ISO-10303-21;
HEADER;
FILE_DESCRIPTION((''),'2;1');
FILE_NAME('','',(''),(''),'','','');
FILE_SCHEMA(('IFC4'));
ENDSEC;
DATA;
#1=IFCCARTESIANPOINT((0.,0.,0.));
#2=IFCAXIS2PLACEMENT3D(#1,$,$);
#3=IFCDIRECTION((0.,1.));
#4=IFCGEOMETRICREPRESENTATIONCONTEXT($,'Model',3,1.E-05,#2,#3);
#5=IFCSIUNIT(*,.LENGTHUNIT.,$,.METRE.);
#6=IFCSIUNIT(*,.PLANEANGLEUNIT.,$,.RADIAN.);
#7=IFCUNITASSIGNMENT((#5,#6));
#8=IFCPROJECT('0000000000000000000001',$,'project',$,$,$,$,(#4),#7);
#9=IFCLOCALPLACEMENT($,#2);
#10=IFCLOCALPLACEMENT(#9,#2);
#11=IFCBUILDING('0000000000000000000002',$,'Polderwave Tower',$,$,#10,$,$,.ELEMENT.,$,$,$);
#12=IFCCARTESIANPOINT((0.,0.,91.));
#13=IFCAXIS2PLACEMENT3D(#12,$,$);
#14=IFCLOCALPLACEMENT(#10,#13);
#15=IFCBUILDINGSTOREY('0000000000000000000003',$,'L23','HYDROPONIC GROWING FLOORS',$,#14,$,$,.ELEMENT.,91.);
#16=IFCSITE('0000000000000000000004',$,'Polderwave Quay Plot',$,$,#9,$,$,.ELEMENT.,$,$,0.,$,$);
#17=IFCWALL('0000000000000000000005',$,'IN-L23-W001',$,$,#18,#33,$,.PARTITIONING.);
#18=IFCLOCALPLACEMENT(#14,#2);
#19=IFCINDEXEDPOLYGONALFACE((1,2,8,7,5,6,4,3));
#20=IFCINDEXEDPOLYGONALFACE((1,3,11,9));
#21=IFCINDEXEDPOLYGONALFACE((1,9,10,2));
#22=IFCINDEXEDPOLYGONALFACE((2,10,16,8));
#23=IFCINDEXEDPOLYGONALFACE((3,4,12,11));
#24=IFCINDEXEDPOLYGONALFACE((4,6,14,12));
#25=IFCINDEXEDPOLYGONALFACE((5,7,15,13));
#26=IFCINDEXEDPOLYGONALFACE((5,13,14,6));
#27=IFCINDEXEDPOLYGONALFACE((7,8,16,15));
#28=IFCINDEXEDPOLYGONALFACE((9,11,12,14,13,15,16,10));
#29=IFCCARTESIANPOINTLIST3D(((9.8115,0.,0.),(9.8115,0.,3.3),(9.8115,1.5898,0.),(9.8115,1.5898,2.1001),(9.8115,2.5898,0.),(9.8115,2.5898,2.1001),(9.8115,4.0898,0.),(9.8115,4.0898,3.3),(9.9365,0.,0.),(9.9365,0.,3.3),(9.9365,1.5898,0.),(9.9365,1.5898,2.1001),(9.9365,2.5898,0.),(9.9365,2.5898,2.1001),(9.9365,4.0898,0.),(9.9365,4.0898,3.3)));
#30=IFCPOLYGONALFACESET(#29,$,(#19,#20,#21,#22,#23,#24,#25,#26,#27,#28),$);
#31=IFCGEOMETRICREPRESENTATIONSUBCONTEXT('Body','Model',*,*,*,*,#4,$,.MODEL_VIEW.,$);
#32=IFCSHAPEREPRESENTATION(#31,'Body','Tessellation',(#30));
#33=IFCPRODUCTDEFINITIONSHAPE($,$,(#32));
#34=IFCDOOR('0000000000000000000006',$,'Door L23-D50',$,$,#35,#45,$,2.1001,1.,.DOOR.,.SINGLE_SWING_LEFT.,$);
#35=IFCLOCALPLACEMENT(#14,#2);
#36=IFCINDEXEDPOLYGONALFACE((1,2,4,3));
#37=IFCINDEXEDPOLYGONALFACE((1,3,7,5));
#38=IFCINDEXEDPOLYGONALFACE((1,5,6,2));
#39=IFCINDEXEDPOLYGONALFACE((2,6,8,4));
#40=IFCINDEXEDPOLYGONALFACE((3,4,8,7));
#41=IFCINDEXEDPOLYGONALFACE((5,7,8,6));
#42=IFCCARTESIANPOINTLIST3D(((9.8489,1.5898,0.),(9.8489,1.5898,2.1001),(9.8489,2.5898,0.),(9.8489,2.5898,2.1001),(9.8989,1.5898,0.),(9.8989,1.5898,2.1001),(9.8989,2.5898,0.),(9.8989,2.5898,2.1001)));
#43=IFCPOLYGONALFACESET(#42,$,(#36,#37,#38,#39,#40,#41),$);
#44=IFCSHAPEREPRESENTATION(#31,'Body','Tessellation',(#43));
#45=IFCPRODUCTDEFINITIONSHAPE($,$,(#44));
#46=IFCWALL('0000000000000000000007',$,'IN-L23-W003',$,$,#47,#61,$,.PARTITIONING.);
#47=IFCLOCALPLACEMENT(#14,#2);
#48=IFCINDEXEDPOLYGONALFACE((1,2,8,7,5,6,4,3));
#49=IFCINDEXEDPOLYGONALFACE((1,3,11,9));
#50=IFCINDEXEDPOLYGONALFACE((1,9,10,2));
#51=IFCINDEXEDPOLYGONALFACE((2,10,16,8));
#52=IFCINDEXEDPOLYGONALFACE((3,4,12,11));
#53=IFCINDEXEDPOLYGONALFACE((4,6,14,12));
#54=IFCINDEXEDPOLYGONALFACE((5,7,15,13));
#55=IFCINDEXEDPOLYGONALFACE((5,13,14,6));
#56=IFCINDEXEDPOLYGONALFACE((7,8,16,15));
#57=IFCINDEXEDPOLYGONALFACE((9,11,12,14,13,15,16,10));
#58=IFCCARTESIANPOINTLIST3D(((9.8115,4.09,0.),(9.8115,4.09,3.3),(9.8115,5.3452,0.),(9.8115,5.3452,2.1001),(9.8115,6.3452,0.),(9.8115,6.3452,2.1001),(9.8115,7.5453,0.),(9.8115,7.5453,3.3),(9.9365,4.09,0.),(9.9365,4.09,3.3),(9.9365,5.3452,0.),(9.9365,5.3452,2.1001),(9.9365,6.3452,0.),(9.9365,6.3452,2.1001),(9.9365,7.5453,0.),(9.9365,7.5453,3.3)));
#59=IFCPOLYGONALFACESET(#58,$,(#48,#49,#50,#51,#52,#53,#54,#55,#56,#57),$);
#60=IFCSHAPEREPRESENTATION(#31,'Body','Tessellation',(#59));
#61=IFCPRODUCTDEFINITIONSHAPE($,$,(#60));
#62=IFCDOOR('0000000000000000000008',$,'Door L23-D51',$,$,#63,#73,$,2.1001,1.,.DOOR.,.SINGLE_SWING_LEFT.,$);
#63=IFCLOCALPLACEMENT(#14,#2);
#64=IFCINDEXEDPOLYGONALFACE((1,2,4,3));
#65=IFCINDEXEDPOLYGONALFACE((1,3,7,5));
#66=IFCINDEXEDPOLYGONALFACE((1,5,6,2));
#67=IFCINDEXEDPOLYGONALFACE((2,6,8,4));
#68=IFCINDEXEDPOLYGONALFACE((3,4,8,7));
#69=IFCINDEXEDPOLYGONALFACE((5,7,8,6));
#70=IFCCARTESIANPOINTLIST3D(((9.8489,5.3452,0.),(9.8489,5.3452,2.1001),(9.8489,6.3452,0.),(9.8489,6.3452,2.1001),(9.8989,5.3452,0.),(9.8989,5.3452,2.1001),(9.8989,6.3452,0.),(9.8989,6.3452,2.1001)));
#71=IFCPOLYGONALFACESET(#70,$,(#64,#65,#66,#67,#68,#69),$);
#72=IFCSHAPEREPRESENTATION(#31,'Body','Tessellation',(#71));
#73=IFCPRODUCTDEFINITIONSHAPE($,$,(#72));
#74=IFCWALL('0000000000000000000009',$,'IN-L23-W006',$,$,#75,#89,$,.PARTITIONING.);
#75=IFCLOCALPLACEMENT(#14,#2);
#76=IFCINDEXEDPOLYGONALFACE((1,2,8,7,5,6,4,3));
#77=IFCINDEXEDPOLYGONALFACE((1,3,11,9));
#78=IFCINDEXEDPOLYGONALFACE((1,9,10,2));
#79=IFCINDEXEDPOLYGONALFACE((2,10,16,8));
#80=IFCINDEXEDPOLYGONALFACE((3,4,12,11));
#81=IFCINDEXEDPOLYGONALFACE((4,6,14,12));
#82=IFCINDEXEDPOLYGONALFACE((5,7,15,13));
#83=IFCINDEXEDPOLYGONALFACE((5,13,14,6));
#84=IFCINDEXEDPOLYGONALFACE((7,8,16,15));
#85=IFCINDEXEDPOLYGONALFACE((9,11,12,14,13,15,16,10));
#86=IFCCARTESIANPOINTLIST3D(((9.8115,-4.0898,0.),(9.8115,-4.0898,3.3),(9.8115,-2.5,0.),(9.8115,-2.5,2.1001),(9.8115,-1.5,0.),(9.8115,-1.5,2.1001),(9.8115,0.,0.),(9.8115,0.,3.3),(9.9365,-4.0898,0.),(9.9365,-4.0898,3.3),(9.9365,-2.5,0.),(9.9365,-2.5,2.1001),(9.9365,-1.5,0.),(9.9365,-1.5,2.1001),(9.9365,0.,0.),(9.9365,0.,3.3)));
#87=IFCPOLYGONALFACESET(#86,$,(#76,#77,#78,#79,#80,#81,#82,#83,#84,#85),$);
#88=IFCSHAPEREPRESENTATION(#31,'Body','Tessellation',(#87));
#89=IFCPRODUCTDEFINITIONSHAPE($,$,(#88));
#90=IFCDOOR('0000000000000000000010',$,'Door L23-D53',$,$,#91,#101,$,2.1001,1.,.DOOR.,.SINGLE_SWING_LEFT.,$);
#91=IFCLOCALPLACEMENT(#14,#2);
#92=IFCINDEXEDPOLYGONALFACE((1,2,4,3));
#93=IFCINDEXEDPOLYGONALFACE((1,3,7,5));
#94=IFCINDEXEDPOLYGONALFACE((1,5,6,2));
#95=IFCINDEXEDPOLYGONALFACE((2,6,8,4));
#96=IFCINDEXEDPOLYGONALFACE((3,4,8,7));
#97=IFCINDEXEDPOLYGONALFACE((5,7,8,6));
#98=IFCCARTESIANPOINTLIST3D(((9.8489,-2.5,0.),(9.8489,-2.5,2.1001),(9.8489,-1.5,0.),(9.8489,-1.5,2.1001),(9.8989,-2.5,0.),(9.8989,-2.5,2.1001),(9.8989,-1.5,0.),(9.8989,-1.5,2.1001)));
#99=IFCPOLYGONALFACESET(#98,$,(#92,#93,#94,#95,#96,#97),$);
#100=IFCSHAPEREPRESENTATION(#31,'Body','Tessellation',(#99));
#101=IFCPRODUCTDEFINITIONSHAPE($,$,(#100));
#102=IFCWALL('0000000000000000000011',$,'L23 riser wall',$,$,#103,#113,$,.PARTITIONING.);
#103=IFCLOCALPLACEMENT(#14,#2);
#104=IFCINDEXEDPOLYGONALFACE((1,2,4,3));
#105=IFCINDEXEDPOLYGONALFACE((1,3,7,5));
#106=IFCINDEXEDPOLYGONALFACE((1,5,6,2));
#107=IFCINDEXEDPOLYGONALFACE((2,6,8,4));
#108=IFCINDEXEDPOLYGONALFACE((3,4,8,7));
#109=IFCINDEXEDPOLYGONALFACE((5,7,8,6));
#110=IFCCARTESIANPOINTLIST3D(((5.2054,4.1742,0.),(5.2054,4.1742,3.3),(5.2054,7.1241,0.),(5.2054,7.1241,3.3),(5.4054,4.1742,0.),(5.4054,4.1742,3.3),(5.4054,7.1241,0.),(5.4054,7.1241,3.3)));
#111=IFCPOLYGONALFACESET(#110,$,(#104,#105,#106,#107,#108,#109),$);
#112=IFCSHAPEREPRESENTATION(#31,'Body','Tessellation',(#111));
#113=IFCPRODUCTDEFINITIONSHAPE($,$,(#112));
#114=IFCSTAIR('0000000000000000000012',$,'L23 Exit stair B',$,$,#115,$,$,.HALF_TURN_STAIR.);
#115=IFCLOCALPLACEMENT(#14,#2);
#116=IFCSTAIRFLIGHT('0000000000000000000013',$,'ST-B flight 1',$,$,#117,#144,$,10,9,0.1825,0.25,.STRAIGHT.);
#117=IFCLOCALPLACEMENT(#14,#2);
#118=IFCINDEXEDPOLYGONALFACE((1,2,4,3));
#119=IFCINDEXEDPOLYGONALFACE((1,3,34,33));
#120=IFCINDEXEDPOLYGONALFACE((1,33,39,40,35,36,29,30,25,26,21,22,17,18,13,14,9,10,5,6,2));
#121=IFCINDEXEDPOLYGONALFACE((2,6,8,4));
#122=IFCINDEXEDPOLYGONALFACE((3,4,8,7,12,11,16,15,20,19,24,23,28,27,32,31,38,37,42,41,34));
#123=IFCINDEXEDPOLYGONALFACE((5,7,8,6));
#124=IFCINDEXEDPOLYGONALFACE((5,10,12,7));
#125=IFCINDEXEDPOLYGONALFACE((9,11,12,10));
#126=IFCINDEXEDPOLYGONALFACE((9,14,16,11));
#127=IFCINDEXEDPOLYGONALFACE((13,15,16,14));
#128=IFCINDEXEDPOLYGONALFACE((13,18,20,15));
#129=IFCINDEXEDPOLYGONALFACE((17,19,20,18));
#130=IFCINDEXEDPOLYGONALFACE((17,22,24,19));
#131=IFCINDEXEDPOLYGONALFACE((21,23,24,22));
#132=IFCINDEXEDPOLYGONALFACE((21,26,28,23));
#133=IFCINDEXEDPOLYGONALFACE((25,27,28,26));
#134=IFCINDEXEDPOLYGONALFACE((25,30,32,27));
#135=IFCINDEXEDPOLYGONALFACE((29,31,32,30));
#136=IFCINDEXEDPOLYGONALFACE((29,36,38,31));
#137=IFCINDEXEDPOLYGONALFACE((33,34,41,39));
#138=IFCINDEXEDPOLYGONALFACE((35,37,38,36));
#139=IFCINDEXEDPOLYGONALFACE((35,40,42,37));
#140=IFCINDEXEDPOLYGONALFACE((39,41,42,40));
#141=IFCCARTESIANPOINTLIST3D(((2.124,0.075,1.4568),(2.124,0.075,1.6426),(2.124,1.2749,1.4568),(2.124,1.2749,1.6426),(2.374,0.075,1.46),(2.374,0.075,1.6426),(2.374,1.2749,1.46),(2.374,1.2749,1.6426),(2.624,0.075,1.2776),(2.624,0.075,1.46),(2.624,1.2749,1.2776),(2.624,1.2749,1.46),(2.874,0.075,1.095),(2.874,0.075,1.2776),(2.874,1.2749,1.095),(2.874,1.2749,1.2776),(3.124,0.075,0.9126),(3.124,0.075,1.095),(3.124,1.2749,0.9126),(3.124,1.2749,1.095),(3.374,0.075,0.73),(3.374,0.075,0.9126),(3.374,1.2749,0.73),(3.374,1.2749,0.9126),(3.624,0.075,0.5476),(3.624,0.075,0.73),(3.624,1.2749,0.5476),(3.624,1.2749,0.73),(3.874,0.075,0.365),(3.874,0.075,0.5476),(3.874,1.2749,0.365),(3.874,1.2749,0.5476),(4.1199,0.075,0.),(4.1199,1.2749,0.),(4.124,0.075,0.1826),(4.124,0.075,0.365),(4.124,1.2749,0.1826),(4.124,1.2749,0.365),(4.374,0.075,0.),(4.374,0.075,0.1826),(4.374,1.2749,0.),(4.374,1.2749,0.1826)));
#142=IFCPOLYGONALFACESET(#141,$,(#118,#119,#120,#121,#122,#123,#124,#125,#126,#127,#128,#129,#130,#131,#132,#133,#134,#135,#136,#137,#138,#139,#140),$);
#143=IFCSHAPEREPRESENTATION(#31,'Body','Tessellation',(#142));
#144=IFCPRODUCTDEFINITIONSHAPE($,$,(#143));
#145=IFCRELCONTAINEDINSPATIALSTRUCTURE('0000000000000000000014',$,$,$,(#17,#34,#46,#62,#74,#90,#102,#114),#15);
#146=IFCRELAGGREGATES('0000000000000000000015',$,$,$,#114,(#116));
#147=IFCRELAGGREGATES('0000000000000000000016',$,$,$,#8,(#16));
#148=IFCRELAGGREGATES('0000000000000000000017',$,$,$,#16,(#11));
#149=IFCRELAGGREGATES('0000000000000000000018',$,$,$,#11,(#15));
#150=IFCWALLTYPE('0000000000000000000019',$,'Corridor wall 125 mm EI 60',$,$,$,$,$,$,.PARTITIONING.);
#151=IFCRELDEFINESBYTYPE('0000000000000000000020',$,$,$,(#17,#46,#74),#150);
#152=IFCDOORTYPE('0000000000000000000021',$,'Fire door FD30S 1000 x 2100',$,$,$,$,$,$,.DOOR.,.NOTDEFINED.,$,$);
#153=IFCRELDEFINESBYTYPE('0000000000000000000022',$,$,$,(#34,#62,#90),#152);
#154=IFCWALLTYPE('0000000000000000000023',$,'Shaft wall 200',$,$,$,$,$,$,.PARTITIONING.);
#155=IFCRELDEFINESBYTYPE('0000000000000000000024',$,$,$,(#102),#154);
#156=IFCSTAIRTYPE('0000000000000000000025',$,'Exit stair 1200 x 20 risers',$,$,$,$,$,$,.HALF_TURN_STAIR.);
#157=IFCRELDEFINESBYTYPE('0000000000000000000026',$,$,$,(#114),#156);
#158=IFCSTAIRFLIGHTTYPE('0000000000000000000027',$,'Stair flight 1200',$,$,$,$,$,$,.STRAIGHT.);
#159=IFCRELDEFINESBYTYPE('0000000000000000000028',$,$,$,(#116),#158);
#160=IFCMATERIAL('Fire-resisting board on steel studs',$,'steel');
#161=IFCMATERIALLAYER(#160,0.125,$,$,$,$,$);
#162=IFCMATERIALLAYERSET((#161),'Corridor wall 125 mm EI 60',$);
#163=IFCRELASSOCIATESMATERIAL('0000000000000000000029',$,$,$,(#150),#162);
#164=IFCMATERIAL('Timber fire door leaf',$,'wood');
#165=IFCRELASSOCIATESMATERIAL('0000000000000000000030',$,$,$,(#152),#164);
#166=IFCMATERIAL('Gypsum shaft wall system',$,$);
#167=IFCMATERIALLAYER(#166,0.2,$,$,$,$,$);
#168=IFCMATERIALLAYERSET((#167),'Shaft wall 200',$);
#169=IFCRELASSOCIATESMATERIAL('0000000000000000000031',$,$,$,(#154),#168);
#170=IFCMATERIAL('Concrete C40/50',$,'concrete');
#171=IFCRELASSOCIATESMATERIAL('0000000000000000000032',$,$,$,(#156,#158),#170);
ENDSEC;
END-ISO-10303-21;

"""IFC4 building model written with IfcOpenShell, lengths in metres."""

from ifc_helpers import new_model, si_unit, direction, frame, frame_2d, origin, place, context, subcontext, project, spatial, polyline, rectangle, outline, extrude, material, layer, layer_set, type_object, element, fill, aggregate, save


model = new_model("IFC4")

# Units and contexts
model_context = context("Model", 3, precision=1e-05, world=origin(), true_north=direction((0.0, 1.0)))
body_context = subcontext(model_context, "Body", "Model", "MODEL_VIEW")
ifc_project = project(units=[si_unit("LENGTHUNIT", "METRE"), si_unit("PLANEANGLEUNIT", "RADIAN")], contexts=[model_context])

# Site, building, storey
site_placement = place(None, origin())
site = spatial("IfcSite", under=ifc_project, at=site_placement, Name="Polderwave Quay Plot", CompositionType="ELEMENT", RefElevation=0.0)
building_placement = place(site_placement, origin())
building = spatial("IfcBuilding", under=site, at=building_placement, Name="Polderwave Tower", CompositionType="ELEMENT")
storey_placement = place(building_placement, frame((0.0, 0.0, 91.0)))
storey = spatial("IfcBuildingStorey", under=building, at=storey_placement, Name="L23", Description="HYDROPONIC GROWING FLOORS", CompositionType="ELEMENT", Elevation=91.0)

# Walls, openings, doors
ifc_material_1 = material(Name="Fire-resisting board on steel studs", Category="steel")
ifc_layer_1 = layer(ifc_material_1, 0.125)
ifc_layer_set_1 = layer_set([ifc_layer_1], Name="Corridor wall 125 mm EI 60")
wall_type_1 = type_object("IfcWallType", Name="Corridor wall 125 mm EI 60", PredefinedType="PARTITIONING", material=ifc_layer_set_1)
wall_1_placement = place(storey_placement, frame((9.874, 4.0898, 0.0), z_axis=(0.0, 0.0, 1.0), x_axis=(0.0, -1.0, 0.0)))
wall_1 = element("IfcWall", 1, at=wall_1_placement, inside=storey, type_object=wall_type_1, Name="IN-L23-W001", PredefinedType="PARTITIONING", context=body_context, shape_type="SweptSolid", body=[
    extrude(rectangle(XDim=4.0898, YDim=0.125, at=frame_2d((2.0449, 0.0))), origin(), (0.0, 0.0, 1.0), 3.3),
])
opening_1_placement = place(wall_1_placement, frame((1.5, 0.0, 0.0)))
opening_1 = element("IfcOpeningElement", 2, at=opening_1_placement, cuts=wall_1, PredefinedType="OPENING", context=body_context, shape_type="SweptSolid", body=[
    extrude(rectangle(XDim=1.0, YDim=2.1001, at=frame_2d((0.5, 1.05))), frame((0.0, 0.0725, 0.0), z_axis=(0.0, -1.0, 0.0), x_axis=(1.0, 0.0, 0.0)), (0.0, 0.0, 1.0), 0.145),
])
ifc_material_2 = material(Name="Timber fire door leaf", Category="wood")
door_type_1 = type_object("IfcDoorType", Name="Fire door FD30S 1000 x 2100", OperationType="NOTDEFINED", PredefinedType="DOOR", material=ifc_material_2)
door_1_placement = place(opening_1_placement, origin())
door_1 = element("IfcDoor", 3, at=door_1_placement, inside=storey, type_object=door_type_1, Name="Door L23-D50", OperationType="SINGLE_SWING_LEFT", OverallHeight=2.1001, OverallWidth=1.0, PredefinedType="DOOR", context=body_context, shape_type="SweptSolid", body=[
    extrude(rectangle(XDim=1.0, YDim=2.1001, at=frame_2d((0.5, 1.05))), frame((0.0, 0.0249, 0.0), z_axis=(0.0, -1.0, 0.0), x_axis=(1.0, 0.0, 0.0)), (0.0, 0.0, 1.0), 0.05),
])
fill(opening_1, door_1)
wall_2_placement = place(storey_placement, frame((9.874, 7.5452, 0.0), z_axis=(0.0, 0.0, 1.0), x_axis=(0.0, -1.0, 0.0)))
wall_2 = element("IfcWall", 4, at=wall_2_placement, inside=storey, type_object=wall_type_1, Name="IN-L23-W003", PredefinedType="PARTITIONING", context=body_context, shape_type="SweptSolid", body=[
    extrude(rectangle(XDim=3.4553, YDim=0.125, at=frame_2d((1.7275, 0.0))), origin(), (0.0, 0.0, 1.0), 3.3),
])
opening_2_placement = place(wall_2_placement, frame((1.2, 0.0, 0.0)))
opening_2 = element("IfcOpeningElement", 5, at=opening_2_placement, cuts=wall_2, PredefinedType="OPENING", context=body_context, shape_type="SweptSolid", body=[
    extrude(rectangle(XDim=1.0, YDim=2.1001, at=frame_2d((0.5, 1.05))), frame((0.0, 0.0725, 0.0), z_axis=(0.0, -1.0, 0.0), x_axis=(1.0, 0.0, 0.0)), (0.0, 0.0, 1.0), 0.145),
])
door_2_placement = place(opening_2_placement, origin())
door_2 = element("IfcDoor", 6, at=door_2_placement, inside=storey, type_object=door_type_1, Name="Door L23-D51", OperationType="SINGLE_SWING_LEFT", OverallHeight=2.1001, OverallWidth=1.0, PredefinedType="DOOR", context=body_context, shape_type="SweptSolid", body=[
    extrude(rectangle(XDim=1.0, YDim=2.1001, at=frame_2d((0.5, 1.05))), frame((0.0, 0.0249, 0.0), z_axis=(0.0, -1.0, 0.0), x_axis=(1.0, 0.0, 0.0)), (0.0, 0.0, 1.0), 0.05),
])
fill(opening_2, door_2)
wall_3_placement = place(storey_placement, frame((9.874, 0.0, 0.0), z_axis=(0.0, 0.0, 1.0), x_axis=(0.0, -1.0, 0.0)))
wall_3 = element("IfcWall", 7, at=wall_3_placement, inside=storey, type_object=wall_type_1, Name="IN-L23-W006", PredefinedType="PARTITIONING", context=body_context, shape_type="SweptSolid", body=[
    extrude(rectangle(XDim=4.0898, YDim=0.125, at=frame_2d((2.0449, 0.0))), origin(), (0.0, 0.0, 1.0), 3.3),
])
opening_3_placement = place(wall_3_placement, frame((1.5, 0.0, 0.0)))
opening_3 = element("IfcOpeningElement", 8, at=opening_3_placement, cuts=wall_3, PredefinedType="OPENING", context=body_context, shape_type="SweptSolid", body=[
    extrude(rectangle(XDim=1.0, YDim=2.1001, at=frame_2d((0.5, 1.05))), frame((0.0, 0.0725, 0.0), z_axis=(0.0, -1.0, 0.0), x_axis=(1.0, 0.0, 0.0)), (0.0, 0.0, 1.0), 0.145),
])
door_3_placement = place(opening_3_placement, origin())
door_3 = element("IfcDoor", 9, at=door_3_placement, inside=storey, type_object=door_type_1, Name="Door L23-D53", OperationType="SINGLE_SWING_LEFT", OverallHeight=2.1001, OverallWidth=1.0, PredefinedType="DOOR", context=body_context, shape_type="SweptSolid", body=[
    extrude(rectangle(XDim=1.0, YDim=2.1001, at=frame_2d((0.5, 1.05))), frame((0.0, 0.0249, 0.0), z_axis=(0.0, -1.0, 0.0), x_axis=(1.0, 0.0, 0.0)), (0.0, 0.0, 1.0), 0.05),
])
fill(opening_3, door_3)

# Wall
ifc_material_3 = material(Name="Gypsum shaft wall system")
ifc_layer_2 = layer(ifc_material_3, 0.2)
ifc_layer_set_2 = layer_set([ifc_layer_2], Name="Shaft wall 200")
wall_type_2 = type_object("IfcWallType", Name="Shaft wall 200", PredefinedType="PARTITIONING", material=ifc_layer_set_2)
wall_4_placement = place(storey_placement, frame((5.3054, 4.1741, 0.0), z_axis=(0.0, 0.0, 1.0), x_axis=(0.0, 1.0, 0.0)))
element("IfcWall", 10, at=wall_4_placement, inside=storey, type_object=wall_type_2, Name="L23 riser wall", PredefinedType="PARTITIONING", context=body_context, shape_type="SweptSolid", body=[
    extrude(rectangle(XDim=2.95, YDim=0.2, at=frame_2d((1.4751, 0.0))), origin(), (0.0, 0.0, 1.0), 3.3),
])

# Stair, stair flight
ifc_material_4 = material(Name="Concrete C40/50", Category="concrete")
stair_type = type_object("IfcStairType", Name="Exit stair 1200 x 20 risers", PredefinedType="HALF_TURN_STAIR", material=ifc_material_4)
stair_placement = place(storey_placement, origin())
stair = element("IfcStair", 11, at=stair_placement, inside=storey, type_object=stair_type, Name="L23 Exit stair B", PredefinedType="HALF_TURN_STAIR")
stair_flight_type = type_object("IfcStairFlightType", Name="Stair flight 1200", PredefinedType="STRAIGHT", material=ifc_material_4)
stair_flight_placement = place(storey_placement, frame((4.374, 0.675, 0.0), z_axis=(0.0, 0.0, 1.0), x_axis=(-1.0, 0.0, 0.0)))
stair_flight = element("IfcStairFlight", 12, at=stair_flight_placement, type_object=stair_flight_type, Name="ST-B flight 1", NumberOfRisers=10, NumberOfTreads=9, PredefinedType="STRAIGHT", RiserHeight=0.1825, TreadLength=0.25, context=body_context, shape_type="SweptSolid", body=[
    extrude(outline(polyline([(0.0, 0.0), (0.0, 0.1826), (0.25, 0.1826), (0.25, 0.365), (0.5, 0.365), (0.5, 0.5476), (0.75, 0.5476), (0.75, 0.73), (1.0, 0.73), (1.0, 0.9126), (1.25, 0.9126), (1.25, 1.095), (1.5, 1.095), (1.5, 1.2776), (1.75, 1.2776), (1.75, 1.46), (2.0, 1.46), (2.0, 1.6426), (2.25, 1.6426), (2.25, 1.825), (2.25, 1.4568), (0.2542, 0.0), (0.0, 0.0)])), frame((0.0, 0.6001, 0.0), z_axis=(0.0, -1.0, 0.0), x_axis=(1.0, 0.0, 0.0)), (0.0, 0.0, 1.0), 1.2),
])
aggregate(stair, [stair_flight])

save(model, "model.ifc")
